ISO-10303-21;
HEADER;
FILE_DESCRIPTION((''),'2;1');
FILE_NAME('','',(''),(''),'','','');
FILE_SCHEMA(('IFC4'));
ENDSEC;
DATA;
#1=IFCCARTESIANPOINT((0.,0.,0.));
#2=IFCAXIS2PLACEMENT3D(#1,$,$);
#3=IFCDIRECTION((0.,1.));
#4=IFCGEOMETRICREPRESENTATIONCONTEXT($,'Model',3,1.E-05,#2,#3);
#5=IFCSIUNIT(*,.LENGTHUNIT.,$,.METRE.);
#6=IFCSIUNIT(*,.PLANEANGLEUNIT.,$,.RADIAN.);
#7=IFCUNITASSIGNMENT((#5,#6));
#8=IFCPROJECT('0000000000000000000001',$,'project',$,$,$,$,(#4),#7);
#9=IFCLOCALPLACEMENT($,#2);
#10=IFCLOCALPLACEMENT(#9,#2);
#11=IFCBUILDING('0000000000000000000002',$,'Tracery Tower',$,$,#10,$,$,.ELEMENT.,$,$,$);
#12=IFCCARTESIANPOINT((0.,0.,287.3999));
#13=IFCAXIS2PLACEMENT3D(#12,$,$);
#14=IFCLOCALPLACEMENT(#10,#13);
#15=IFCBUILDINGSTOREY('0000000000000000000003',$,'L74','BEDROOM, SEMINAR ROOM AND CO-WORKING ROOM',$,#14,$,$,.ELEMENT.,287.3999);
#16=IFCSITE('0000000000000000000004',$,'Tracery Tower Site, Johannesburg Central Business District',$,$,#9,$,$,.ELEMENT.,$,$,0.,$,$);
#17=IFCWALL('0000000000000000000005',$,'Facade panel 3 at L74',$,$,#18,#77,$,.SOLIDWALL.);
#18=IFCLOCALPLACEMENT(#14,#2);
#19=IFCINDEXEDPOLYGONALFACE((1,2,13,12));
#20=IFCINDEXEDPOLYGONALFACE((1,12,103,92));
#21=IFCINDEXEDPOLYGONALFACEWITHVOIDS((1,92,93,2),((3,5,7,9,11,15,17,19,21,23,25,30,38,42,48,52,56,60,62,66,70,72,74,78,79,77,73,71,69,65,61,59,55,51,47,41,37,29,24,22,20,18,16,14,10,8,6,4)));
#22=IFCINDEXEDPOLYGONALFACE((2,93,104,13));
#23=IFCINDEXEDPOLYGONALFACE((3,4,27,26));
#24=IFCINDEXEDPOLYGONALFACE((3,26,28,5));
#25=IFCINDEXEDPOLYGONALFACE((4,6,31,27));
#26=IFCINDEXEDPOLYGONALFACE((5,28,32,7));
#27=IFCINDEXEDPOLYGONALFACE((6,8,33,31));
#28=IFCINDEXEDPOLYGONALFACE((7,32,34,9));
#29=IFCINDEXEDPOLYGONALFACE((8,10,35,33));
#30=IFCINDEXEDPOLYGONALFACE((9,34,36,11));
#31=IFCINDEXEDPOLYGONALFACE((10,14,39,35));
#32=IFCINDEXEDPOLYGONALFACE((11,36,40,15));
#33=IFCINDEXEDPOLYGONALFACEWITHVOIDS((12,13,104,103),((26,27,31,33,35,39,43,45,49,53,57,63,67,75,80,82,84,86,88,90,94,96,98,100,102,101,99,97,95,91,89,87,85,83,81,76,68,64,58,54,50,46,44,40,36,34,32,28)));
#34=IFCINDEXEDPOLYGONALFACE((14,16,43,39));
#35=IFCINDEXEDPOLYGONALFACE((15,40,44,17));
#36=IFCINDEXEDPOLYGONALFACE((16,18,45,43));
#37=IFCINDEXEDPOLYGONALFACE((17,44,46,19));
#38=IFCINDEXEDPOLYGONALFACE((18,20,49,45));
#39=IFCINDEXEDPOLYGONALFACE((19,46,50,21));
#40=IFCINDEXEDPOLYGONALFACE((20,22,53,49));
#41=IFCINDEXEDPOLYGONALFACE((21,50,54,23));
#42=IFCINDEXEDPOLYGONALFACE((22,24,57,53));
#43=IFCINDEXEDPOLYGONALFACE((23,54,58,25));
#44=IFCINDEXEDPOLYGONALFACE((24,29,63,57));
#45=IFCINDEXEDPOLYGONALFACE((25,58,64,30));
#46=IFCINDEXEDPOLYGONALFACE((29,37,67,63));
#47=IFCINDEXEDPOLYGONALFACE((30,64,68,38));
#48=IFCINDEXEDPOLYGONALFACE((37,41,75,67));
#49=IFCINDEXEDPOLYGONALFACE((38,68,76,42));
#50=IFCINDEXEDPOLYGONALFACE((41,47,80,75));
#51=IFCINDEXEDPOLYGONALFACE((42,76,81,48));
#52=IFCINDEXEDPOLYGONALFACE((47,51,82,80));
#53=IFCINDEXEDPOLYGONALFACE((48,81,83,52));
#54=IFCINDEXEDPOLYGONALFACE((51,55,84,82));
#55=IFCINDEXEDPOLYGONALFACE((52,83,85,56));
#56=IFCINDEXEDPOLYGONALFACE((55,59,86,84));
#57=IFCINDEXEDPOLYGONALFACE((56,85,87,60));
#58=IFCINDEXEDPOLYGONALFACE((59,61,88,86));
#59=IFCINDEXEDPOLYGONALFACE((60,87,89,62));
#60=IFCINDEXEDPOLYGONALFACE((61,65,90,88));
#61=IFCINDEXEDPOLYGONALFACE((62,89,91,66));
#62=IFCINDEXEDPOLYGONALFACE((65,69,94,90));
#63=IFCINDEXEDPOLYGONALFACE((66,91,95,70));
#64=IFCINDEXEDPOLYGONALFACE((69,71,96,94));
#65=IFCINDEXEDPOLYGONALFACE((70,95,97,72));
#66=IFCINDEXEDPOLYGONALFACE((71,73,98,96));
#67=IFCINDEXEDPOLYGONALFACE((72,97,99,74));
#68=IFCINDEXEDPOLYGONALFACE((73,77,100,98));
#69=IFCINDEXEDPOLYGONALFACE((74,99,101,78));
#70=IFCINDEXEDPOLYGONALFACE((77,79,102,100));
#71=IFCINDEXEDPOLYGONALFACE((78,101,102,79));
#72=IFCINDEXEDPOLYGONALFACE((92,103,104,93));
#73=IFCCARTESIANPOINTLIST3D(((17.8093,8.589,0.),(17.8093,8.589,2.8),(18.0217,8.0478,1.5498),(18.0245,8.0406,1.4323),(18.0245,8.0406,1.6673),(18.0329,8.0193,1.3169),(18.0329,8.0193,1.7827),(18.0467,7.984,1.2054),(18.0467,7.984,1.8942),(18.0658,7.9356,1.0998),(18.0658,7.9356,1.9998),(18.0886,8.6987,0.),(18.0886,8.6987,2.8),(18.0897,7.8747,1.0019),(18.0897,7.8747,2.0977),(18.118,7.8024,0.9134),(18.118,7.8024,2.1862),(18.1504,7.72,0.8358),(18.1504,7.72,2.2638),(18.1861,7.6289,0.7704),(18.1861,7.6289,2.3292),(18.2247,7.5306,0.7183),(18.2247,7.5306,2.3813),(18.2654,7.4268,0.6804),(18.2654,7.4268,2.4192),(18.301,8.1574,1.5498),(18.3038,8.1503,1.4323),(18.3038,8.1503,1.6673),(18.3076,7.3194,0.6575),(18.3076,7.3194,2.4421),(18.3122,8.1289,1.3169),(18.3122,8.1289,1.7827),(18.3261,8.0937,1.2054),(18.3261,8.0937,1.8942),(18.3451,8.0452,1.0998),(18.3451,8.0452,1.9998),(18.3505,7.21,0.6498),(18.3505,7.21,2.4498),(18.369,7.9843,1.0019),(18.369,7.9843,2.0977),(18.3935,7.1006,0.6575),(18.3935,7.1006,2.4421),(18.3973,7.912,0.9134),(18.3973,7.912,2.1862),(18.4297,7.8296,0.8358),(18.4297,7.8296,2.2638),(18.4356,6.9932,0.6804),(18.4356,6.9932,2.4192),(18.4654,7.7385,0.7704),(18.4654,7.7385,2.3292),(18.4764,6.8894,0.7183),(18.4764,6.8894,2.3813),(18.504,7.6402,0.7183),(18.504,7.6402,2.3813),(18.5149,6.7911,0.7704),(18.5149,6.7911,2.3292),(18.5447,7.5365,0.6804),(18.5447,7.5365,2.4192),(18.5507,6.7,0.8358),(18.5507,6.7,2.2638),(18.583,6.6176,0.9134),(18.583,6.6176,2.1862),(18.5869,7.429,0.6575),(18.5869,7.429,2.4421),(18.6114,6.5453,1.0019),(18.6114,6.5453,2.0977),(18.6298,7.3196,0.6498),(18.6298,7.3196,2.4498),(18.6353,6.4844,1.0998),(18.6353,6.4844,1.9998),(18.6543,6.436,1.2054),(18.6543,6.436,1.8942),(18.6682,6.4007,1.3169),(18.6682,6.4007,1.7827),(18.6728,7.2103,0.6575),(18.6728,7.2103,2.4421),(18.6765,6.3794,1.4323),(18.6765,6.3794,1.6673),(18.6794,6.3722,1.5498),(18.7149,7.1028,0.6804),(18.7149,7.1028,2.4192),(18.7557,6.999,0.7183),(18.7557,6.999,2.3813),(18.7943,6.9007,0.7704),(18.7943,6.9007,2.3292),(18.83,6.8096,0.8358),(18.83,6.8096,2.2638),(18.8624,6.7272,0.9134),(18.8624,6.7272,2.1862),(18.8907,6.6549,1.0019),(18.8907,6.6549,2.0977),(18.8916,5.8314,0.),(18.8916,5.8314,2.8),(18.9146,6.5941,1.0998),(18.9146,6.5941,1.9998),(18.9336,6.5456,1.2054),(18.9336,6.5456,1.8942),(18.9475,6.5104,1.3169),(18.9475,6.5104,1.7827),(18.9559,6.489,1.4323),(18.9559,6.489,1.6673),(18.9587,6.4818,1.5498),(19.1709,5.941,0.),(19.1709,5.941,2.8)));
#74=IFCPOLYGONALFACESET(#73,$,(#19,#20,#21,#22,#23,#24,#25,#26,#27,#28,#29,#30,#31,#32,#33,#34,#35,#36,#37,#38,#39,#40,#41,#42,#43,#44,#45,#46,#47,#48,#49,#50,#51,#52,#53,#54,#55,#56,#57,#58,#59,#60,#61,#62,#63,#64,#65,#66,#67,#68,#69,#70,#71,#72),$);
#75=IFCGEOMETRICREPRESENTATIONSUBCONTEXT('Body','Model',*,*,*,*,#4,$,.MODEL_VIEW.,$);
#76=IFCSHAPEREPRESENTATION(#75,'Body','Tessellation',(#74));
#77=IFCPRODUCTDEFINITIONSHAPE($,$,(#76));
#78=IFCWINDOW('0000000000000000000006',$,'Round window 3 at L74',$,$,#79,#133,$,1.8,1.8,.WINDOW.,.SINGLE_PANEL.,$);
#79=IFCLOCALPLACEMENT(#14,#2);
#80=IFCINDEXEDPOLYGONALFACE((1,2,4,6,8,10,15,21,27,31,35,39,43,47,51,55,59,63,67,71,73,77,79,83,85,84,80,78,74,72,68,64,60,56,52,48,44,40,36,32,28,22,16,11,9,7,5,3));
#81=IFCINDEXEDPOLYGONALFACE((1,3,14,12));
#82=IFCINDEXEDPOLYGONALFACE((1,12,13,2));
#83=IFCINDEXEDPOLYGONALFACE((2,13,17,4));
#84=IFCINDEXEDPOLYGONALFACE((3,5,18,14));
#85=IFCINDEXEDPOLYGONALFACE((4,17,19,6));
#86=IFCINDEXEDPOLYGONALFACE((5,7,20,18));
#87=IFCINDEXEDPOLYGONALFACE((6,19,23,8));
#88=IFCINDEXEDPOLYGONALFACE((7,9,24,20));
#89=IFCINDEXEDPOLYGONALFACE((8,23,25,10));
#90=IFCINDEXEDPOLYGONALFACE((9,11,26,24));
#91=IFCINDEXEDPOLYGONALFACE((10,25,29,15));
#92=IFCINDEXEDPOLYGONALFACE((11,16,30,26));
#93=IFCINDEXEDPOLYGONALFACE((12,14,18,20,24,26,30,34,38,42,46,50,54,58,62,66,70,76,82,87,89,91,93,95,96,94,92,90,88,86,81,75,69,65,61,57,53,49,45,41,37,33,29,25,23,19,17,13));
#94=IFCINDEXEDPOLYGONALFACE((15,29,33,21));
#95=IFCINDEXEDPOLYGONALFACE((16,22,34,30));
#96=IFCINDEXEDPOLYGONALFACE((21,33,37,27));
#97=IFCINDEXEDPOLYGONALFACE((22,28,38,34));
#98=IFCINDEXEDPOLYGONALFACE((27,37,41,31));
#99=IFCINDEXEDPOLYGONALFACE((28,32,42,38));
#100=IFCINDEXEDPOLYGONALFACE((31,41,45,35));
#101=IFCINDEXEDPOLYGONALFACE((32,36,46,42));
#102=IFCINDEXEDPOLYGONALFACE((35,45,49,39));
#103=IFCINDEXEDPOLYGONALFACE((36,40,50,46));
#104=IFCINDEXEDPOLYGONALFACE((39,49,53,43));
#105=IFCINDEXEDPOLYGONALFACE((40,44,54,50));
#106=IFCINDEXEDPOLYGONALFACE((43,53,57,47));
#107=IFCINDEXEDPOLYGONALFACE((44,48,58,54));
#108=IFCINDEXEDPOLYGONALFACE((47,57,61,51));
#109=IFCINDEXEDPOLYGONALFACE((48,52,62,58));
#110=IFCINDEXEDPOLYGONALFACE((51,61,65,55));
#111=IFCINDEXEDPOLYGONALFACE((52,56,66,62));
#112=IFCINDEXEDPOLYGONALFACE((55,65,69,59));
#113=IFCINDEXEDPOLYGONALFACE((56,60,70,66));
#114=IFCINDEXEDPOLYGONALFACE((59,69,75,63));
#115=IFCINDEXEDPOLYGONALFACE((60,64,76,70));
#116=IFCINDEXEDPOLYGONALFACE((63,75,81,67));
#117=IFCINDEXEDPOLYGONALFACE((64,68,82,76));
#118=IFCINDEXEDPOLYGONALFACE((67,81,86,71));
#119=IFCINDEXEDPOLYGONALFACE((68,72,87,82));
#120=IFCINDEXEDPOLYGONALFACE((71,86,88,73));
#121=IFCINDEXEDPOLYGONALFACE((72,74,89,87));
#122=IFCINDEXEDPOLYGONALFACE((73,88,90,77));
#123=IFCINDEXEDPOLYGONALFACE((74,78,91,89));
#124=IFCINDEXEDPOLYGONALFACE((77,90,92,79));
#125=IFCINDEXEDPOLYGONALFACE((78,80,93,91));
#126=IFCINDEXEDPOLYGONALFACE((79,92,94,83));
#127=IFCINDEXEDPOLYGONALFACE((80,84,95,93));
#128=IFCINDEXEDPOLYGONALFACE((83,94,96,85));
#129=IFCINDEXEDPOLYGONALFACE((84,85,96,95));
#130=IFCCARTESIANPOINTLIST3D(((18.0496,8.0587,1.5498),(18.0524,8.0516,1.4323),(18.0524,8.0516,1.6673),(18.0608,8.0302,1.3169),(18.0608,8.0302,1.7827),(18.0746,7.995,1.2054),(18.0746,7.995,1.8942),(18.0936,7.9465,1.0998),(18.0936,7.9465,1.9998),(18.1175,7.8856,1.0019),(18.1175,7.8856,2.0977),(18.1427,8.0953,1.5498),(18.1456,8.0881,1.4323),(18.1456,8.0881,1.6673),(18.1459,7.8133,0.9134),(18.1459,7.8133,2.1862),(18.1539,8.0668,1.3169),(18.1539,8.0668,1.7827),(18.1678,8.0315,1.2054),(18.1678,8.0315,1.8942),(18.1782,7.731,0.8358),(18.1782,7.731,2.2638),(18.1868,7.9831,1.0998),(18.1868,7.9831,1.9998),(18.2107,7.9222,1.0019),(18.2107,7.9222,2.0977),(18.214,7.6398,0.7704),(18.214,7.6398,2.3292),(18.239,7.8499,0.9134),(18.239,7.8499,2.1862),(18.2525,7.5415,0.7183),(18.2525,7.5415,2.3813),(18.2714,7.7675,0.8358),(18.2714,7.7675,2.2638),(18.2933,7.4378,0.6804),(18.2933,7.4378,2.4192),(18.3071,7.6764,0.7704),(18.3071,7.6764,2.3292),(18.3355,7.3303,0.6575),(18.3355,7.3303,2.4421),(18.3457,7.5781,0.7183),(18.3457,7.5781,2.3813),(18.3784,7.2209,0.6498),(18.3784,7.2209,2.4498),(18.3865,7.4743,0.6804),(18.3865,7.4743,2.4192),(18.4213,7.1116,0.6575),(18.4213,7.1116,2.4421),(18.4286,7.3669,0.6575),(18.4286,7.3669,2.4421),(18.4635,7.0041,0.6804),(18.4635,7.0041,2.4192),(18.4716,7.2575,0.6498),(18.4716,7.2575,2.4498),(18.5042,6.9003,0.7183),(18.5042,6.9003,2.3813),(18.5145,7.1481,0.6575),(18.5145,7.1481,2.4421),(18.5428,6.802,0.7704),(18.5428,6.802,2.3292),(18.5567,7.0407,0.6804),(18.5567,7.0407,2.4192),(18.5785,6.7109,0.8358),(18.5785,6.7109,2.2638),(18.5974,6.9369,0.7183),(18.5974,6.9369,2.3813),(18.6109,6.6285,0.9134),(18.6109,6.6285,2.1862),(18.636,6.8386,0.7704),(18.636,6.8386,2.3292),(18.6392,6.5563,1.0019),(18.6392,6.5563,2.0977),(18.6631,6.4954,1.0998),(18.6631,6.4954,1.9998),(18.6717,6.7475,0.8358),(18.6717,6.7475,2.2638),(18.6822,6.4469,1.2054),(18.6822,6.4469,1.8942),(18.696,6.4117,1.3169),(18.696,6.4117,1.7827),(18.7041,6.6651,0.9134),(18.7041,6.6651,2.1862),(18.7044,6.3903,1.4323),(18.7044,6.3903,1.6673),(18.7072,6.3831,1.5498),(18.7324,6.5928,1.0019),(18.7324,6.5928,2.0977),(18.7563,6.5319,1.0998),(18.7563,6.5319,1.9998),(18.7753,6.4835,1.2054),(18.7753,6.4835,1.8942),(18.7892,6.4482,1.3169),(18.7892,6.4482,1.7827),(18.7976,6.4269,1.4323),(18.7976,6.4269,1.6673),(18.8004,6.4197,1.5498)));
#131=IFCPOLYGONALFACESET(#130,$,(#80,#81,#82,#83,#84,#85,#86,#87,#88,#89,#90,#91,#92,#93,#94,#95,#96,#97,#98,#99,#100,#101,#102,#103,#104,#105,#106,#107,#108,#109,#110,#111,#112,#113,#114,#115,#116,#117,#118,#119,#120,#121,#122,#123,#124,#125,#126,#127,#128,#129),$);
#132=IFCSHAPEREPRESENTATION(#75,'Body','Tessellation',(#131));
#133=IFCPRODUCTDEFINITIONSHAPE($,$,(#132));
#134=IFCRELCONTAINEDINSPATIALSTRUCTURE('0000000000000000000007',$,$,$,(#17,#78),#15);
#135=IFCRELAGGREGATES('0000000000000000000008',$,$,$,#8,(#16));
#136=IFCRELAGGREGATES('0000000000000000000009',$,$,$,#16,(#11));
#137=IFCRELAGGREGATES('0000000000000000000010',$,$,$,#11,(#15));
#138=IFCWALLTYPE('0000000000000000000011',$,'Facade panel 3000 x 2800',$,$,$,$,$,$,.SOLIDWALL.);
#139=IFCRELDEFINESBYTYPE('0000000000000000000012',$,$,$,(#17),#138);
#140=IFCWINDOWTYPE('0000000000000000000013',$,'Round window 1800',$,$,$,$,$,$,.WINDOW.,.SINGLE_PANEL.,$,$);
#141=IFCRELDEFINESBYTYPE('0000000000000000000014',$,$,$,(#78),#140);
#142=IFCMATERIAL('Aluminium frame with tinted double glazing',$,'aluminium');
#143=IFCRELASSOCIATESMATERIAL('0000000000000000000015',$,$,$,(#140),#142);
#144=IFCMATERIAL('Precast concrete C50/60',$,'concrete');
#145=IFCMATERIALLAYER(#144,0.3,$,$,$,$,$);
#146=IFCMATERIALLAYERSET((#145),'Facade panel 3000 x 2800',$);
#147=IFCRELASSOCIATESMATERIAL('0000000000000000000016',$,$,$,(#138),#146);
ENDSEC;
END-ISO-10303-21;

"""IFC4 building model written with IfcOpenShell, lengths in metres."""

from ifc_helpers import new_model, si_unit, direction, frame, frame_2d, origin, origin_2d, place, context, subcontext, project, spatial, rectangle, circle, extrude, material, layer, layer_set, type_object, element, fill, save


model = new_model("IFC4")

# Units and contexts
model_context = context("Model", 3, precision=1e-05, world=origin(), true_north=direction((0.0, 1.0)))
body_context = subcontext(model_context, "Body", "Model", "MODEL_VIEW")
ifc_project = project(units=[si_unit("LENGTHUNIT", "METRE"), si_unit("PLANEANGLEUNIT", "RADIAN")], contexts=[model_context])

# Site, building, storey
site_placement = place(None, origin())
site = spatial("IfcSite", under=ifc_project, at=site_placement, Name="Tracery Tower Site, Johannesburg Central Business District", CompositionType="ELEMENT", RefElevation=0.0)
building_placement = place(site_placement, origin())
building = spatial("IfcBuilding", under=site, at=building_placement, Name="Tracery Tower", CompositionType="ELEMENT")
storey_placement = place(building_placement, frame((0.0, 0.0, 287.3999)))
storey = spatial("IfcBuildingStorey", under=building, at=storey_placement, Name="L74", Description="BEDROOM, SEMINAR ROOM AND CO-WORKING ROOM", CompositionType="ELEMENT", Elevation=287.3999)

# Wall, opening, window
ifc_material_1 = material(Name="Aluminium frame with tinted double glazing", Category="aluminium")
window_type = type_object("IfcWindowType", Name="Round window 1800", PartitioningType="SINGLE_PANEL", PredefinedType="WINDOW", material=ifc_material_1)
ifc_material_2 = material(Name="Precast concrete C50/60", Category="concrete")
ifc_layer_1 = layer(ifc_material_2, 0.3)
ifc_layer_set_1 = layer_set([ifc_layer_1], Name="Facade panel 3000 x 2800")
wall_type_1 = type_object("IfcWallType", Name="Facade panel 3000 x 2800", PredefinedType="SOLIDWALL", material=ifc_layer_set_1)
wall_1_placement = place(storey_placement, frame((19.0312, 5.8862, 0.0), z_axis=(0.0, 0.0, 1.0), x_axis=(-0.365344, 0.930873, 0.0)))
wall_1 = element("IfcWall", 1, at=wall_1_placement, inside=storey, type_object=wall_type_1, Name="Facade panel 3 at L74", PredefinedType="SOLIDWALL", context=body_context, shape_type="SweptSolid", body=[
    extrude(rectangle(XDim=2.9624, YDim=0.3, at=frame_2d((1.4812, 0.0))), origin(), (0.0, 0.0, 1.0), 2.8),
])
opening_1_placement = place(wall_1_placement, frame((1.481, 0.0, 1.5498)))
opening_1 = element("IfcOpeningElement", 2, at=opening_1_placement, cuts=wall_1, PredefinedType="OPENING", context=body_context, shape_type="SweptSolid", body=[
    extrude(circle(Radius=0.9, at=origin_2d()), frame((0.0, 0.1599, 0.0), z_axis=(0.0, -1.0, 0.0), x_axis=(1.0, 0.0, 0.0)), (0.0, 0.0, 1.0), 0.3201),
])
window_1_placement = place(opening_1_placement, origin())
window_1 = element("IfcWindow", 3, at=window_1_placement, inside=storey, type_object=window_type, Name="Round window 3 at L74", OverallHeight=1.8, OverallWidth=1.8, PartitioningType="SINGLE_PANEL", PredefinedType="WINDOW", context=body_context, shape_type="SweptSolid", body=[
    extrude(circle(Radius=0.9, at=origin_2d()), frame((0.0, 0.1201, 0.0), z_axis=(0.0, -1.0, 0.0), x_axis=(1.0, 0.0, 0.0)), (0.0, 0.0, 1.0), 0.1001),
])
fill(opening_1, window_1)

save(model, "model.ifc")
